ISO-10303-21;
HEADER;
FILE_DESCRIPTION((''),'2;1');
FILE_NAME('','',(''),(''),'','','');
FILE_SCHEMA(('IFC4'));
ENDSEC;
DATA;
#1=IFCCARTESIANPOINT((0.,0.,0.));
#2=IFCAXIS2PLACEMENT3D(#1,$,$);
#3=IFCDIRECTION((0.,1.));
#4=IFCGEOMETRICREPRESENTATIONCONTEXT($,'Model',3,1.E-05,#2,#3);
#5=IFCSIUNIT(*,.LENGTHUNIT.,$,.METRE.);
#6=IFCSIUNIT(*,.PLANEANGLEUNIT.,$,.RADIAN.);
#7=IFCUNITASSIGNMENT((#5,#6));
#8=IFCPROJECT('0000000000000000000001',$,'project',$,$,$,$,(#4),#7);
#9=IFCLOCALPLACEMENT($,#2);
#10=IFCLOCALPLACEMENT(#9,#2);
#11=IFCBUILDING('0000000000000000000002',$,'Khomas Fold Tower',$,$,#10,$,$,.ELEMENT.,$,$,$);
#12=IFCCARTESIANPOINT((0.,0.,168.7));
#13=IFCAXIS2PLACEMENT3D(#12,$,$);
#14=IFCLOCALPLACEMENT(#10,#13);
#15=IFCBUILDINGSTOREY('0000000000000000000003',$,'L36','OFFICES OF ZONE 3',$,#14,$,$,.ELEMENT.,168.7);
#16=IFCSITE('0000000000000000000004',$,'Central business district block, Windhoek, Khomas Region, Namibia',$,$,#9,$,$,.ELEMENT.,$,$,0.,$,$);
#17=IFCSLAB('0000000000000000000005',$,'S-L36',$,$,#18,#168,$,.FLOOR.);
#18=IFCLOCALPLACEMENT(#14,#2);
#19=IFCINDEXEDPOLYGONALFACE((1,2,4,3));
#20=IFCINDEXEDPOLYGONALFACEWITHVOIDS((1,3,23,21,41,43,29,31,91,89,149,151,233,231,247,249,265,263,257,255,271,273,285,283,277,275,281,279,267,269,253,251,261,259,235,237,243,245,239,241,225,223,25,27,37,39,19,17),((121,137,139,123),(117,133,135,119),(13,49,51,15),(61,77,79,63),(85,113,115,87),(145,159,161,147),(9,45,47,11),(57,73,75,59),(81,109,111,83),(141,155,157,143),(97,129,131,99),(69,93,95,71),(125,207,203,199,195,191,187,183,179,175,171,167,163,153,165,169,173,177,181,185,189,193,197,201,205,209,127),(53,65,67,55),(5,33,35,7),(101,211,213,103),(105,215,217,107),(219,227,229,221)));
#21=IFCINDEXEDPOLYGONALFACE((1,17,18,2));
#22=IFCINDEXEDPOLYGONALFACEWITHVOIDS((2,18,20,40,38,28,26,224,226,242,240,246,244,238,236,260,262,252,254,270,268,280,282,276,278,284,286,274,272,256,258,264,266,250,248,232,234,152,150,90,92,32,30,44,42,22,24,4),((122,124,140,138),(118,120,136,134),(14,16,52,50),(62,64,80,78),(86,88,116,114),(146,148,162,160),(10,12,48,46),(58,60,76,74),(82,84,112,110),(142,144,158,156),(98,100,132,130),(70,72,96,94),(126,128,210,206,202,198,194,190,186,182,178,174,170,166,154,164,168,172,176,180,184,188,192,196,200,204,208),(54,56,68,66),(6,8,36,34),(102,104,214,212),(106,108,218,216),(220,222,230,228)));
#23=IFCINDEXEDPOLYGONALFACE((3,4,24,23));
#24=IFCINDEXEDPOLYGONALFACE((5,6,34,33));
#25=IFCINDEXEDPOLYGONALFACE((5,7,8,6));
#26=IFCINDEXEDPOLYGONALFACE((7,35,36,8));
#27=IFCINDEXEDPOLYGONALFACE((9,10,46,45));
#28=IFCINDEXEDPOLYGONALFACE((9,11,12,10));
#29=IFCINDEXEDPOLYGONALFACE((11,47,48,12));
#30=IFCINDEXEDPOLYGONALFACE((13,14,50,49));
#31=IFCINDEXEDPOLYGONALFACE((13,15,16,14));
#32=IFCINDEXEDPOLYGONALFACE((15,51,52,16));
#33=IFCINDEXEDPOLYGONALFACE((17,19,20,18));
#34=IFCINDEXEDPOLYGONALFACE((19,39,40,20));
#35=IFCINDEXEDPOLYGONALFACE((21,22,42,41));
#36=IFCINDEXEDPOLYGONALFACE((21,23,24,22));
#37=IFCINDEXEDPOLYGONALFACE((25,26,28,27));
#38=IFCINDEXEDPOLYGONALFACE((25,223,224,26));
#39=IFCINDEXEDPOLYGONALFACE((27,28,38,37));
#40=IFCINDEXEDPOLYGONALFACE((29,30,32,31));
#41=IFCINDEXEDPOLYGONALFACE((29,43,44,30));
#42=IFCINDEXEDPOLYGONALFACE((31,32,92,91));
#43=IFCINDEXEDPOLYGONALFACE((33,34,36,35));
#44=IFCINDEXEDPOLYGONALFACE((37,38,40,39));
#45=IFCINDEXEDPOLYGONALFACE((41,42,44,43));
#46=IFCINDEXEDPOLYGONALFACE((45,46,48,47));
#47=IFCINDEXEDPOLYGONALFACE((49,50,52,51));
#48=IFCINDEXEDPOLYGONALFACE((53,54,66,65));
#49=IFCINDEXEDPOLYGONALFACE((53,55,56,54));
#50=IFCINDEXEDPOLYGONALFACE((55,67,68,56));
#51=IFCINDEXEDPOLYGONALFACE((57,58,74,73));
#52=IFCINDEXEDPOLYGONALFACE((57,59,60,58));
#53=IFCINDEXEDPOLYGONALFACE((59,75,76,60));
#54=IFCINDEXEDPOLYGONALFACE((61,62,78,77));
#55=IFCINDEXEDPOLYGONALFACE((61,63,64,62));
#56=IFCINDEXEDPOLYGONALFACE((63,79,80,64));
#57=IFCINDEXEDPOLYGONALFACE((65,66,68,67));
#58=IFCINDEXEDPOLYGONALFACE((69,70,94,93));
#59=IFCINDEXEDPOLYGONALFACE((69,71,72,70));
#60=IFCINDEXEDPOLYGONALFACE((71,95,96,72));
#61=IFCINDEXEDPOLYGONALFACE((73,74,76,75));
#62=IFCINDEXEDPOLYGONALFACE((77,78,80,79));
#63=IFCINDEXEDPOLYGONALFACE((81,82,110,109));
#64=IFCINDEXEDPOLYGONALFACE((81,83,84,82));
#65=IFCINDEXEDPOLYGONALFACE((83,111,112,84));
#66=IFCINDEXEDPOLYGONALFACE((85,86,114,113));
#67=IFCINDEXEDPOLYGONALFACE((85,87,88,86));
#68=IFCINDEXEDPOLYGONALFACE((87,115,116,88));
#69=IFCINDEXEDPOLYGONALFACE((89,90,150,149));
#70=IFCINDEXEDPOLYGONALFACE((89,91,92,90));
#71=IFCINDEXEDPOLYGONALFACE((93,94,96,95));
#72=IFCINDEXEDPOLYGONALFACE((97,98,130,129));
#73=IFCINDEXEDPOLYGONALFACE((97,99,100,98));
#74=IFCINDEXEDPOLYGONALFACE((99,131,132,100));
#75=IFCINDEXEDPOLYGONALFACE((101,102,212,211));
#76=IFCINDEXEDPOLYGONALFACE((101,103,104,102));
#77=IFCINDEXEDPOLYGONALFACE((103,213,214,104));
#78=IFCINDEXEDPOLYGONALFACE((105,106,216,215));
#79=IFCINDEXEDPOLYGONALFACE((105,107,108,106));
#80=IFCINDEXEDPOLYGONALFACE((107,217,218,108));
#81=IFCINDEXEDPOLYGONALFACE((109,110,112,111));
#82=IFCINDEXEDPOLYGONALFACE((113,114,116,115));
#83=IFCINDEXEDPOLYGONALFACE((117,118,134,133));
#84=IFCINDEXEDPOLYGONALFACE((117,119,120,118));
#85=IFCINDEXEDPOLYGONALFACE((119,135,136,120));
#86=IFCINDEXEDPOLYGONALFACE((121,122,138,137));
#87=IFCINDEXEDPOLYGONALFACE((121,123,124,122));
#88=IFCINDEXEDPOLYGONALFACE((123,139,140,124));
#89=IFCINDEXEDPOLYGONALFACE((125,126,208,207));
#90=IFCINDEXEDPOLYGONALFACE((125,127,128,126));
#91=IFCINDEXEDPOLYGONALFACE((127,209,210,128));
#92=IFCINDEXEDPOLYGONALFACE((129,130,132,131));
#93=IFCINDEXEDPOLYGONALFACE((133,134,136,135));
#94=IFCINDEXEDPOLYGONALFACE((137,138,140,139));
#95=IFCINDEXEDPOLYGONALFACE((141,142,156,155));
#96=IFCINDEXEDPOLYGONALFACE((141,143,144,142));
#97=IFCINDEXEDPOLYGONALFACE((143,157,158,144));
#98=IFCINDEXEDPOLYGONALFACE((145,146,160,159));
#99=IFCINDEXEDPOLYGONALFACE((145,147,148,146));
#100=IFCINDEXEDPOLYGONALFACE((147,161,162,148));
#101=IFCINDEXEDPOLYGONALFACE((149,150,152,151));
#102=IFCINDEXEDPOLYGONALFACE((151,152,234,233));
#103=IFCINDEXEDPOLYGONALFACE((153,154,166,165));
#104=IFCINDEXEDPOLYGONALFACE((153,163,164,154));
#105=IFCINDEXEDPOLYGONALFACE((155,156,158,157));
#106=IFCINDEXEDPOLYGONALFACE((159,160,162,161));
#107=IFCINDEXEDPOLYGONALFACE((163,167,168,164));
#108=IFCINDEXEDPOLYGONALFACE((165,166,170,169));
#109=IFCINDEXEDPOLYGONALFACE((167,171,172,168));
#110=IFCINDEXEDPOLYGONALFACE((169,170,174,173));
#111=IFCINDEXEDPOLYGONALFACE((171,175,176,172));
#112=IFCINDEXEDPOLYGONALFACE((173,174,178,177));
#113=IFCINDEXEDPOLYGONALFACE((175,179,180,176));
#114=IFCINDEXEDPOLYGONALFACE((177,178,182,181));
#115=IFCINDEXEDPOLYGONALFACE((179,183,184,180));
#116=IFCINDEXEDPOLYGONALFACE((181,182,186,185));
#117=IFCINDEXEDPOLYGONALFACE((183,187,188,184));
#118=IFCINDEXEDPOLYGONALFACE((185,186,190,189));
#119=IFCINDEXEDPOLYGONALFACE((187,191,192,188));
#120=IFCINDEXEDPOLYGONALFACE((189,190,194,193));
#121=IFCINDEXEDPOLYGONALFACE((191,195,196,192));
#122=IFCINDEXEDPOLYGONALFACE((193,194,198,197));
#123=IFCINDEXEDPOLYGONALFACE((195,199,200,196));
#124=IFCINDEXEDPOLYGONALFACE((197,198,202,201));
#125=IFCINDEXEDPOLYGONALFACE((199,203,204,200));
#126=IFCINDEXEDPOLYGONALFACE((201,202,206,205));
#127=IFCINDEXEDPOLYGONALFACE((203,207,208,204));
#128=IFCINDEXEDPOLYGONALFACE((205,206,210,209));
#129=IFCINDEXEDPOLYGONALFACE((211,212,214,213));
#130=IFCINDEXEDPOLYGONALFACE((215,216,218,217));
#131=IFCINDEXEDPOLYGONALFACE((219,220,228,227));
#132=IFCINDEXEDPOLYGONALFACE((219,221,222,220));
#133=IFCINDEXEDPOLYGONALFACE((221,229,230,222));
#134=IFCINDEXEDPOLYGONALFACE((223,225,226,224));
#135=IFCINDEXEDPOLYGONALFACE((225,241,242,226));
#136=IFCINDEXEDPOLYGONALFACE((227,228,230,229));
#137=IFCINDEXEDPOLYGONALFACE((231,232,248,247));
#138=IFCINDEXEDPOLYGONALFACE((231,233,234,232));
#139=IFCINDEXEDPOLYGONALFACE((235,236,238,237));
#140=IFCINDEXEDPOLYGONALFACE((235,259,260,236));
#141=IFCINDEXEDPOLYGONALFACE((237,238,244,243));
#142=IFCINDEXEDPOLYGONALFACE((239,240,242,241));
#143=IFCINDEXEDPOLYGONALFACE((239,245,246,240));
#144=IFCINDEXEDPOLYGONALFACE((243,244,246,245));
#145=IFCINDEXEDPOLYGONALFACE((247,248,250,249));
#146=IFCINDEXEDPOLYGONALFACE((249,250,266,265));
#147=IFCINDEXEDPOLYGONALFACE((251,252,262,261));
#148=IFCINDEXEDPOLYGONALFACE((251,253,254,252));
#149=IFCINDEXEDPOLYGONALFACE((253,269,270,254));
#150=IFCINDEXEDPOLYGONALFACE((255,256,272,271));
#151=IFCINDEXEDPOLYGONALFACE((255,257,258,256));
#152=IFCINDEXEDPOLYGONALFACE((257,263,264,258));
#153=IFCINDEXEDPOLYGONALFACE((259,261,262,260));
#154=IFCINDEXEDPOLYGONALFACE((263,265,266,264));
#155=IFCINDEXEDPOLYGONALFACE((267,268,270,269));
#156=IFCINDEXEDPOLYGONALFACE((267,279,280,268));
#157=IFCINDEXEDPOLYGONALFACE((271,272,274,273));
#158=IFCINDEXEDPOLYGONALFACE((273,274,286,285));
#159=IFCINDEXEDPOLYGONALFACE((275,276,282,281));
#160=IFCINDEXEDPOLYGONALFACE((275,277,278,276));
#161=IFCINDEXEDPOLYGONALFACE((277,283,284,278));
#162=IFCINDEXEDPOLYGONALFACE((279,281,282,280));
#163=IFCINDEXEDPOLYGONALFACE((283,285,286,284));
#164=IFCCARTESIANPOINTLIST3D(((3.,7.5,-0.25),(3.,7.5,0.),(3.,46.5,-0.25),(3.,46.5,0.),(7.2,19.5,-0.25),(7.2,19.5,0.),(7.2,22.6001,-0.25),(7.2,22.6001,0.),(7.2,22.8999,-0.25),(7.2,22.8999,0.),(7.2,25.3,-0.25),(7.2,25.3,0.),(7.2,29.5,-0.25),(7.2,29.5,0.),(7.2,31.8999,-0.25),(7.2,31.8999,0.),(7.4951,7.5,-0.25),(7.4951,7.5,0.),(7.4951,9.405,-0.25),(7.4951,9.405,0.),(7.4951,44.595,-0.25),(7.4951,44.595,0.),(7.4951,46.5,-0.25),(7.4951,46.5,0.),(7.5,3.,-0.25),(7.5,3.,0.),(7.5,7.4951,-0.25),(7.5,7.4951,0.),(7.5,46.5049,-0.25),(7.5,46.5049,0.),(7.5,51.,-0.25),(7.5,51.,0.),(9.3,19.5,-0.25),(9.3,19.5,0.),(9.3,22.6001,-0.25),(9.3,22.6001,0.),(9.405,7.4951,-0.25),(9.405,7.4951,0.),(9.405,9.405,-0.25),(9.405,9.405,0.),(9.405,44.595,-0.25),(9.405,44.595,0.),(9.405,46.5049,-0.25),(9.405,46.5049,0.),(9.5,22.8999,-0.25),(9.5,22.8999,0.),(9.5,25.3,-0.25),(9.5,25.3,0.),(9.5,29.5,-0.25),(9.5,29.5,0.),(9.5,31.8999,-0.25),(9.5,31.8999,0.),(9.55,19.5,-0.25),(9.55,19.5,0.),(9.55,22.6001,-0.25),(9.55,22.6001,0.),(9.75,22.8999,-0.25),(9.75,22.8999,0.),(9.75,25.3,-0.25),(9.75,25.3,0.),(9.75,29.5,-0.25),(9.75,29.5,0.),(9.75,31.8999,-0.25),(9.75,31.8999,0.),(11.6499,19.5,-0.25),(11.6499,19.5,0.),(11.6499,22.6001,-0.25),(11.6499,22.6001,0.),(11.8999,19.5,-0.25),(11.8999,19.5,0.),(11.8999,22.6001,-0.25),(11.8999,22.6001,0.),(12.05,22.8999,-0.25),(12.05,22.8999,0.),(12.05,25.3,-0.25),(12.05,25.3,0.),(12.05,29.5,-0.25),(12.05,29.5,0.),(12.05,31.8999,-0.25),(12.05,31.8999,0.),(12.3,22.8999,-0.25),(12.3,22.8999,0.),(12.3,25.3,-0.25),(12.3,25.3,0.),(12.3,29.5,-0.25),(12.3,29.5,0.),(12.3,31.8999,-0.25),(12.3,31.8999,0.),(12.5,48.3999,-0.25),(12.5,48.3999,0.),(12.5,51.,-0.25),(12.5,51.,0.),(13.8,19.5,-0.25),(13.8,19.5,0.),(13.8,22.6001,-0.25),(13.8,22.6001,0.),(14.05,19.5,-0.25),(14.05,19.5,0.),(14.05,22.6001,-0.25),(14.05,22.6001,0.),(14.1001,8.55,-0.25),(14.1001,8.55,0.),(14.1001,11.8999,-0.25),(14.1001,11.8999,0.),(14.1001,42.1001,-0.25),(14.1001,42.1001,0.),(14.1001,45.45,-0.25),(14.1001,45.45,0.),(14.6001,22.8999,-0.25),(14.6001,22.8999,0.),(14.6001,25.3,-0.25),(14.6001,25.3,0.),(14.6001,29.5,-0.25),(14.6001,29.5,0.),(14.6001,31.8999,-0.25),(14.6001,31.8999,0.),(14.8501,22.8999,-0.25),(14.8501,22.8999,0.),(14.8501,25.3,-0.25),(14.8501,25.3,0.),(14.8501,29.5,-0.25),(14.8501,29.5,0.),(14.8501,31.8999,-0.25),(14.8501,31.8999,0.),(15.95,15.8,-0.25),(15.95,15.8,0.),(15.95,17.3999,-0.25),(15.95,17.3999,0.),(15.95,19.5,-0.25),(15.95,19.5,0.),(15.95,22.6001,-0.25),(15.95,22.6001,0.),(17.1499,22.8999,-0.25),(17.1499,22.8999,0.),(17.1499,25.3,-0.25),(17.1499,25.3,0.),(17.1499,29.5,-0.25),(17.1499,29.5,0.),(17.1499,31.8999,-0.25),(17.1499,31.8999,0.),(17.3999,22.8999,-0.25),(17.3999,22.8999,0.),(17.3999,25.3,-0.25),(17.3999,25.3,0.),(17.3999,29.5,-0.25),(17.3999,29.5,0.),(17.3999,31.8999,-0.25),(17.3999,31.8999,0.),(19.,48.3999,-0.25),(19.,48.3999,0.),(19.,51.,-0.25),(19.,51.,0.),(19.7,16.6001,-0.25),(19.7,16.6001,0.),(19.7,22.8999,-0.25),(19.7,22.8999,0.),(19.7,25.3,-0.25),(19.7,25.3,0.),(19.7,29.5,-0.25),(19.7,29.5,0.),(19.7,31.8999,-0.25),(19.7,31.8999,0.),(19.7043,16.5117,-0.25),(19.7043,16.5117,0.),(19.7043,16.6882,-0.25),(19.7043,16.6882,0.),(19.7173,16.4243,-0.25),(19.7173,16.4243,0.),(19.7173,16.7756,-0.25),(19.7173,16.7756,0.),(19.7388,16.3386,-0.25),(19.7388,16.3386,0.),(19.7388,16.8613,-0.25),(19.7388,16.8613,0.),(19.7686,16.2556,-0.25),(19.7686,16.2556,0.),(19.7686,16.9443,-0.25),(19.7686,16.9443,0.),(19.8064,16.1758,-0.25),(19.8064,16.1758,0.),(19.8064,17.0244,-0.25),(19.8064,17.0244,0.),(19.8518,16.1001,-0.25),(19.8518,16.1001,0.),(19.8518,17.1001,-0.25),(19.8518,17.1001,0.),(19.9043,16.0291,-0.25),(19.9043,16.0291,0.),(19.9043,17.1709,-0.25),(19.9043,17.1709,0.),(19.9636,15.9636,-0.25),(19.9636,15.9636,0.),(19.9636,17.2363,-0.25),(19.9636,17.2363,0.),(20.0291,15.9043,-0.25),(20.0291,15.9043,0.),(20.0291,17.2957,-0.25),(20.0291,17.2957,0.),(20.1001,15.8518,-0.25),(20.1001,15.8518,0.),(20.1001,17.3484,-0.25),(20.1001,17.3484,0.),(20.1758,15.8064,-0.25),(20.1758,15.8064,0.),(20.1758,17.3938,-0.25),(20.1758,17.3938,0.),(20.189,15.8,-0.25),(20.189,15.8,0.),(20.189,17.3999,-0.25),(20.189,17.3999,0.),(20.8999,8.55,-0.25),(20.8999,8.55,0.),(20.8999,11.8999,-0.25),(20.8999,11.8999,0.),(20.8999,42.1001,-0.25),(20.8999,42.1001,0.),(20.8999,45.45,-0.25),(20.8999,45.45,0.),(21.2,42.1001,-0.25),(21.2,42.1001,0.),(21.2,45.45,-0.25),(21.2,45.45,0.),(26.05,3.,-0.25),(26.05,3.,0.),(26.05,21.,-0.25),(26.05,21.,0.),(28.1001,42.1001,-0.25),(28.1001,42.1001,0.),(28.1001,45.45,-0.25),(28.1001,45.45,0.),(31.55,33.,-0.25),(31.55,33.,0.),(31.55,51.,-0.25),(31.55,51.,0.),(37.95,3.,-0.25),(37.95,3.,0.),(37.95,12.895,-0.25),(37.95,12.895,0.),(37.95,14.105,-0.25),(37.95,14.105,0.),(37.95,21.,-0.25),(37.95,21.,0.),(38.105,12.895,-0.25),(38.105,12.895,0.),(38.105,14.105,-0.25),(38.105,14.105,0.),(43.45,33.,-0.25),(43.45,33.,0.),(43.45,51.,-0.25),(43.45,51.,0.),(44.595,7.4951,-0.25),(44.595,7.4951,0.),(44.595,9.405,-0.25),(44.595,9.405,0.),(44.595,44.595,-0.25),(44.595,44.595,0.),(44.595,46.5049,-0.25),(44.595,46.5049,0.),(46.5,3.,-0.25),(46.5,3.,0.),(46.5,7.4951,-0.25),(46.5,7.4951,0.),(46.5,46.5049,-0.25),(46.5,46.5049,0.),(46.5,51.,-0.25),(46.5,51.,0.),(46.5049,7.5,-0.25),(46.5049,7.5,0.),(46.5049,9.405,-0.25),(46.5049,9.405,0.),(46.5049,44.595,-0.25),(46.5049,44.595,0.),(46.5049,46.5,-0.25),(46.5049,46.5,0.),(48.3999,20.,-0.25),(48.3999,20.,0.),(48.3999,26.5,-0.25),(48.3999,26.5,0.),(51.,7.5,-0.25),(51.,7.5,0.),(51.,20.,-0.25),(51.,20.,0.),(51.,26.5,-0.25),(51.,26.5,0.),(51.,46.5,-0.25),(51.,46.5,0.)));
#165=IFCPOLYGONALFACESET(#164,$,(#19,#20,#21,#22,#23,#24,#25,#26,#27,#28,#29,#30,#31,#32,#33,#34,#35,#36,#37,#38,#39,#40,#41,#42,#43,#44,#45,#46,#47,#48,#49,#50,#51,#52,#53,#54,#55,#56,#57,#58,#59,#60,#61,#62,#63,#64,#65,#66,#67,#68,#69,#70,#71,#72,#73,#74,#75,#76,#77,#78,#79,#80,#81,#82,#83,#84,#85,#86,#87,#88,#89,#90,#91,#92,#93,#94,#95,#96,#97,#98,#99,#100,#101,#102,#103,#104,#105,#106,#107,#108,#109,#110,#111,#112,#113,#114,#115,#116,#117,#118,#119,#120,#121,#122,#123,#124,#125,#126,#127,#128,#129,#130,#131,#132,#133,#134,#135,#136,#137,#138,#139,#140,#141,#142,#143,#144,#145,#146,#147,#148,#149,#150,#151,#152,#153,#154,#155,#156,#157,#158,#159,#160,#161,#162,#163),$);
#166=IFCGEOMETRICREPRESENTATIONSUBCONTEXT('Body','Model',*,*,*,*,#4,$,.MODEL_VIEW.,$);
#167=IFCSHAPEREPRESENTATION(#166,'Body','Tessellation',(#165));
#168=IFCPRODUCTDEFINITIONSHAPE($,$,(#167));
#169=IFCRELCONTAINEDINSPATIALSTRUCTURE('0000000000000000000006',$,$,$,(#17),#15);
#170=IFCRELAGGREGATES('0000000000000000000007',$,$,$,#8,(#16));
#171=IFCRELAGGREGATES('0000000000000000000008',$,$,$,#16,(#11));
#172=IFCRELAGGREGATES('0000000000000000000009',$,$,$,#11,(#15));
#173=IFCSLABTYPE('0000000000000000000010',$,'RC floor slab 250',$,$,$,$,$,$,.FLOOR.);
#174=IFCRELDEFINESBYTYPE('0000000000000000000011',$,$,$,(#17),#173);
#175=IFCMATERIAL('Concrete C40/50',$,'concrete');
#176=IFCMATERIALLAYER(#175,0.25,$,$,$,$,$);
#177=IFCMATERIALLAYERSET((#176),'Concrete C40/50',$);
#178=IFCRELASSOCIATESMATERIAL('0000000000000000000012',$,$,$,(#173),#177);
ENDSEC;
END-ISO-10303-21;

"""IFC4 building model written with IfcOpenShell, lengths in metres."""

from ifc_helpers import new_model, si_unit, direction, frame, origin, place, context, subcontext, project, spatial, polyline, outline, extrude, source, transform, mapped, material, layer, layer_set, type_object, element, save


model = new_model("IFC4")

# Units and contexts
model_context = context("Model", 3, precision=1e-05, world=origin(), true_north=direction((0.0, 1.0)))
body_context = subcontext(model_context, "Body", "Model", "MODEL_VIEW")
ifc_project = project(units=[si_unit("LENGTHUNIT", "METRE"), si_unit("PLANEANGLEUNIT", "RADIAN")], contexts=[model_context])

# Site, building, storey
site_placement = place(None, origin())
site = spatial("IfcSite", under=ifc_project, at=site_placement, Name="Central business district block, Windhoek, Khomas Region, Namibia", CompositionType="ELEMENT", RefElevation=0.0)
building_placement = place(site_placement, origin())
building = spatial("IfcBuilding", under=site, at=building_placement, Name="Khomas Fold Tower", CompositionType="ELEMENT")
storey_placement = place(building_placement, frame((0.0, 0.0, 168.7)))
storey = spatial("IfcBuildingStorey", under=building, at=storey_placement, Name="L36", Description="OFFICES OF ZONE 3", CompositionType="ELEMENT", Elevation=168.7)

# Slab
ifc_material_1 = material(Name="Concrete C40/50", Category="concrete")
ifc_layer_1 = layer(ifc_material_1, 0.25)
ifc_layer_set_1 = layer_set([ifc_layer_1], Name="Concrete C40/50")
slab_type_1 = type_object("IfcSlabType", Name="RC floor slab 250", PredefinedType="FLOOR", material=ifc_layer_set_1)
shared_shape_1 = source(origin(), body_context, "Body", "SweptSolid", [
    extrude(outline(polyline([(3.0, 7.5), (7.4951, 7.5), (7.4951, 9.405), (9.405, 9.405), (9.405, 7.4951), (7.5, 7.4951), (7.5, 3.0), (26.05, 3.0), (26.05, 21.0), (37.95, 21.0), (37.95, 14.105), (38.105, 14.105), (38.105, 12.895), (37.95, 12.895), (37.95, 3.0), (46.5, 3.0), (46.5, 7.4951), (44.595, 7.4951), (44.595, 9.405), (46.5049, 9.405), (46.5049, 7.5), (51.0, 7.5), (51.0, 20.0), (48.3999, 20.0), (48.3999, 26.5), (51.0, 26.5), (51.0, 46.5), (46.5049, 46.5), (46.5049, 44.595), (44.595, 44.595), (44.595, 46.5049), (46.5, 46.5049), (46.5, 51.0), (43.45, 51.0), (43.45, 33.0), (31.55, 33.0), (31.55, 51.0), (19.0, 51.0), (19.0, 48.3999), (12.5, 48.3999), (12.5, 51.0), (7.5, 51.0), (7.5, 46.5049), (9.405, 46.5049), (9.405, 44.595), (7.4951, 44.595), (7.4951, 46.5), (3.0, 46.5), (3.0, 7.5)]), holes=[polyline([(7.2, 19.5), (7.2, 22.6001), (9.3, 22.6001), (9.3, 19.5), (7.2, 19.5)]), polyline([(7.2, 22.8999), (7.2, 25.3), (9.5, 25.3), (9.5, 22.8999), (7.2, 22.8999)]), polyline([(7.2, 29.5), (7.2, 31.8999), (9.5, 31.8999), (9.5, 29.5), (7.2, 29.5)]), polyline([(9.55, 19.5), (9.55, 22.6001), (11.6499, 22.6001), (11.6499, 19.5), (9.55, 19.5)]), polyline([(9.75, 22.8999), (9.75, 25.3), (12.05, 25.3), (12.05, 22.8999), (9.75, 22.8999)]), polyline([(9.75, 29.5), (9.75, 31.8999), (12.05, 31.8999), (12.05, 29.5), (9.75, 29.5)]), polyline([(11.8999, 19.5), (11.8999, 22.6001), (13.8, 22.6001), (13.8, 19.5), (11.8999, 19.5)]), polyline([(12.3, 22.8999), (12.3, 25.3), (14.6001, 25.3), (14.6001, 22.8999), (12.3, 22.8999)]), polyline([(12.3, 29.5), (12.3, 31.8999), (14.6001, 31.8999), (14.6001, 29.5), (12.3, 29.5)]), polyline([(14.05, 19.5), (14.05, 22.6001), (15.95, 22.6001), (15.95, 19.5), (14.05, 19.5)]), polyline([(14.1001, 8.55), (14.1001, 11.8999), (20.8999, 11.8999), (20.8999, 8.55), (14.1001, 8.55)]), polyline([(14.1001, 42.1001), (14.1001, 45.45), (20.8999, 45.45), (20.8999, 42.1001), (14.1001, 42.1001)]), polyline([(14.8501, 22.8999), (14.8501, 25.3), (17.1499, 25.3), (17.1499, 22.8999), (14.8501, 22.8999)]), polyline([(14.8501, 29.5), (14.8501, 31.8999), (17.1499, 31.8999), (17.1499, 29.5), (14.8501, 29.5)]), polyline([(15.95, 15.8), (15.95, 17.3999), (20.189, 17.3999), (20.1758, 17.3938), (20.1001, 17.3484), (20.0291, 17.2957), (19.9636, 17.2363), (19.9043, 17.1709), (19.8518, 17.1001), (19.8064, 17.0244), (19.7686, 16.9443), (19.7388, 16.8613), (19.7173, 16.7756), (19.7043, 16.6882), (19.7, 16.6001), (19.7043, 16.5117), (19.7173, 16.4243), (19.7388, 16.3386), (19.7686, 16.2556), (19.8064, 16.1758), (19.8518, 16.1001), (19.9043, 16.0291), (19.9636, 15.9636), (20.0291, 15.9043), (20.1001, 15.8518), (20.1758, 15.8064), (20.189, 15.8), (15.95, 15.8)]), polyline([(17.3999, 22.8999), (17.3999, 25.3), (19.7, 25.3), (19.7, 22.8999), (17.3999, 22.8999)]), polyline([(17.3999, 29.5), (17.3999, 31.8999), (19.7, 31.8999), (19.7, 29.5), (17.3999, 29.5)]), polyline([(21.2, 42.1001), (21.2, 45.45), (28.1001, 45.45), (28.1001, 42.1001), (21.2, 42.1001)])]), origin(), (0.0, 0.0, 1.0), 0.25),
])
slab_1_placement = place(storey_placement, frame((0.0, 0.0, -0.25)))
element("IfcSlab", 1, at=slab_1_placement, inside=storey, type_object=slab_type_1, Name="S-L36", PredefinedType="FLOOR", context=body_context, shape_type="MappedRepresentation", body=[
    mapped(shared_shape_1, transform((0.0, 0.0, 0.0))),
])

save(model, "model.ifc")
